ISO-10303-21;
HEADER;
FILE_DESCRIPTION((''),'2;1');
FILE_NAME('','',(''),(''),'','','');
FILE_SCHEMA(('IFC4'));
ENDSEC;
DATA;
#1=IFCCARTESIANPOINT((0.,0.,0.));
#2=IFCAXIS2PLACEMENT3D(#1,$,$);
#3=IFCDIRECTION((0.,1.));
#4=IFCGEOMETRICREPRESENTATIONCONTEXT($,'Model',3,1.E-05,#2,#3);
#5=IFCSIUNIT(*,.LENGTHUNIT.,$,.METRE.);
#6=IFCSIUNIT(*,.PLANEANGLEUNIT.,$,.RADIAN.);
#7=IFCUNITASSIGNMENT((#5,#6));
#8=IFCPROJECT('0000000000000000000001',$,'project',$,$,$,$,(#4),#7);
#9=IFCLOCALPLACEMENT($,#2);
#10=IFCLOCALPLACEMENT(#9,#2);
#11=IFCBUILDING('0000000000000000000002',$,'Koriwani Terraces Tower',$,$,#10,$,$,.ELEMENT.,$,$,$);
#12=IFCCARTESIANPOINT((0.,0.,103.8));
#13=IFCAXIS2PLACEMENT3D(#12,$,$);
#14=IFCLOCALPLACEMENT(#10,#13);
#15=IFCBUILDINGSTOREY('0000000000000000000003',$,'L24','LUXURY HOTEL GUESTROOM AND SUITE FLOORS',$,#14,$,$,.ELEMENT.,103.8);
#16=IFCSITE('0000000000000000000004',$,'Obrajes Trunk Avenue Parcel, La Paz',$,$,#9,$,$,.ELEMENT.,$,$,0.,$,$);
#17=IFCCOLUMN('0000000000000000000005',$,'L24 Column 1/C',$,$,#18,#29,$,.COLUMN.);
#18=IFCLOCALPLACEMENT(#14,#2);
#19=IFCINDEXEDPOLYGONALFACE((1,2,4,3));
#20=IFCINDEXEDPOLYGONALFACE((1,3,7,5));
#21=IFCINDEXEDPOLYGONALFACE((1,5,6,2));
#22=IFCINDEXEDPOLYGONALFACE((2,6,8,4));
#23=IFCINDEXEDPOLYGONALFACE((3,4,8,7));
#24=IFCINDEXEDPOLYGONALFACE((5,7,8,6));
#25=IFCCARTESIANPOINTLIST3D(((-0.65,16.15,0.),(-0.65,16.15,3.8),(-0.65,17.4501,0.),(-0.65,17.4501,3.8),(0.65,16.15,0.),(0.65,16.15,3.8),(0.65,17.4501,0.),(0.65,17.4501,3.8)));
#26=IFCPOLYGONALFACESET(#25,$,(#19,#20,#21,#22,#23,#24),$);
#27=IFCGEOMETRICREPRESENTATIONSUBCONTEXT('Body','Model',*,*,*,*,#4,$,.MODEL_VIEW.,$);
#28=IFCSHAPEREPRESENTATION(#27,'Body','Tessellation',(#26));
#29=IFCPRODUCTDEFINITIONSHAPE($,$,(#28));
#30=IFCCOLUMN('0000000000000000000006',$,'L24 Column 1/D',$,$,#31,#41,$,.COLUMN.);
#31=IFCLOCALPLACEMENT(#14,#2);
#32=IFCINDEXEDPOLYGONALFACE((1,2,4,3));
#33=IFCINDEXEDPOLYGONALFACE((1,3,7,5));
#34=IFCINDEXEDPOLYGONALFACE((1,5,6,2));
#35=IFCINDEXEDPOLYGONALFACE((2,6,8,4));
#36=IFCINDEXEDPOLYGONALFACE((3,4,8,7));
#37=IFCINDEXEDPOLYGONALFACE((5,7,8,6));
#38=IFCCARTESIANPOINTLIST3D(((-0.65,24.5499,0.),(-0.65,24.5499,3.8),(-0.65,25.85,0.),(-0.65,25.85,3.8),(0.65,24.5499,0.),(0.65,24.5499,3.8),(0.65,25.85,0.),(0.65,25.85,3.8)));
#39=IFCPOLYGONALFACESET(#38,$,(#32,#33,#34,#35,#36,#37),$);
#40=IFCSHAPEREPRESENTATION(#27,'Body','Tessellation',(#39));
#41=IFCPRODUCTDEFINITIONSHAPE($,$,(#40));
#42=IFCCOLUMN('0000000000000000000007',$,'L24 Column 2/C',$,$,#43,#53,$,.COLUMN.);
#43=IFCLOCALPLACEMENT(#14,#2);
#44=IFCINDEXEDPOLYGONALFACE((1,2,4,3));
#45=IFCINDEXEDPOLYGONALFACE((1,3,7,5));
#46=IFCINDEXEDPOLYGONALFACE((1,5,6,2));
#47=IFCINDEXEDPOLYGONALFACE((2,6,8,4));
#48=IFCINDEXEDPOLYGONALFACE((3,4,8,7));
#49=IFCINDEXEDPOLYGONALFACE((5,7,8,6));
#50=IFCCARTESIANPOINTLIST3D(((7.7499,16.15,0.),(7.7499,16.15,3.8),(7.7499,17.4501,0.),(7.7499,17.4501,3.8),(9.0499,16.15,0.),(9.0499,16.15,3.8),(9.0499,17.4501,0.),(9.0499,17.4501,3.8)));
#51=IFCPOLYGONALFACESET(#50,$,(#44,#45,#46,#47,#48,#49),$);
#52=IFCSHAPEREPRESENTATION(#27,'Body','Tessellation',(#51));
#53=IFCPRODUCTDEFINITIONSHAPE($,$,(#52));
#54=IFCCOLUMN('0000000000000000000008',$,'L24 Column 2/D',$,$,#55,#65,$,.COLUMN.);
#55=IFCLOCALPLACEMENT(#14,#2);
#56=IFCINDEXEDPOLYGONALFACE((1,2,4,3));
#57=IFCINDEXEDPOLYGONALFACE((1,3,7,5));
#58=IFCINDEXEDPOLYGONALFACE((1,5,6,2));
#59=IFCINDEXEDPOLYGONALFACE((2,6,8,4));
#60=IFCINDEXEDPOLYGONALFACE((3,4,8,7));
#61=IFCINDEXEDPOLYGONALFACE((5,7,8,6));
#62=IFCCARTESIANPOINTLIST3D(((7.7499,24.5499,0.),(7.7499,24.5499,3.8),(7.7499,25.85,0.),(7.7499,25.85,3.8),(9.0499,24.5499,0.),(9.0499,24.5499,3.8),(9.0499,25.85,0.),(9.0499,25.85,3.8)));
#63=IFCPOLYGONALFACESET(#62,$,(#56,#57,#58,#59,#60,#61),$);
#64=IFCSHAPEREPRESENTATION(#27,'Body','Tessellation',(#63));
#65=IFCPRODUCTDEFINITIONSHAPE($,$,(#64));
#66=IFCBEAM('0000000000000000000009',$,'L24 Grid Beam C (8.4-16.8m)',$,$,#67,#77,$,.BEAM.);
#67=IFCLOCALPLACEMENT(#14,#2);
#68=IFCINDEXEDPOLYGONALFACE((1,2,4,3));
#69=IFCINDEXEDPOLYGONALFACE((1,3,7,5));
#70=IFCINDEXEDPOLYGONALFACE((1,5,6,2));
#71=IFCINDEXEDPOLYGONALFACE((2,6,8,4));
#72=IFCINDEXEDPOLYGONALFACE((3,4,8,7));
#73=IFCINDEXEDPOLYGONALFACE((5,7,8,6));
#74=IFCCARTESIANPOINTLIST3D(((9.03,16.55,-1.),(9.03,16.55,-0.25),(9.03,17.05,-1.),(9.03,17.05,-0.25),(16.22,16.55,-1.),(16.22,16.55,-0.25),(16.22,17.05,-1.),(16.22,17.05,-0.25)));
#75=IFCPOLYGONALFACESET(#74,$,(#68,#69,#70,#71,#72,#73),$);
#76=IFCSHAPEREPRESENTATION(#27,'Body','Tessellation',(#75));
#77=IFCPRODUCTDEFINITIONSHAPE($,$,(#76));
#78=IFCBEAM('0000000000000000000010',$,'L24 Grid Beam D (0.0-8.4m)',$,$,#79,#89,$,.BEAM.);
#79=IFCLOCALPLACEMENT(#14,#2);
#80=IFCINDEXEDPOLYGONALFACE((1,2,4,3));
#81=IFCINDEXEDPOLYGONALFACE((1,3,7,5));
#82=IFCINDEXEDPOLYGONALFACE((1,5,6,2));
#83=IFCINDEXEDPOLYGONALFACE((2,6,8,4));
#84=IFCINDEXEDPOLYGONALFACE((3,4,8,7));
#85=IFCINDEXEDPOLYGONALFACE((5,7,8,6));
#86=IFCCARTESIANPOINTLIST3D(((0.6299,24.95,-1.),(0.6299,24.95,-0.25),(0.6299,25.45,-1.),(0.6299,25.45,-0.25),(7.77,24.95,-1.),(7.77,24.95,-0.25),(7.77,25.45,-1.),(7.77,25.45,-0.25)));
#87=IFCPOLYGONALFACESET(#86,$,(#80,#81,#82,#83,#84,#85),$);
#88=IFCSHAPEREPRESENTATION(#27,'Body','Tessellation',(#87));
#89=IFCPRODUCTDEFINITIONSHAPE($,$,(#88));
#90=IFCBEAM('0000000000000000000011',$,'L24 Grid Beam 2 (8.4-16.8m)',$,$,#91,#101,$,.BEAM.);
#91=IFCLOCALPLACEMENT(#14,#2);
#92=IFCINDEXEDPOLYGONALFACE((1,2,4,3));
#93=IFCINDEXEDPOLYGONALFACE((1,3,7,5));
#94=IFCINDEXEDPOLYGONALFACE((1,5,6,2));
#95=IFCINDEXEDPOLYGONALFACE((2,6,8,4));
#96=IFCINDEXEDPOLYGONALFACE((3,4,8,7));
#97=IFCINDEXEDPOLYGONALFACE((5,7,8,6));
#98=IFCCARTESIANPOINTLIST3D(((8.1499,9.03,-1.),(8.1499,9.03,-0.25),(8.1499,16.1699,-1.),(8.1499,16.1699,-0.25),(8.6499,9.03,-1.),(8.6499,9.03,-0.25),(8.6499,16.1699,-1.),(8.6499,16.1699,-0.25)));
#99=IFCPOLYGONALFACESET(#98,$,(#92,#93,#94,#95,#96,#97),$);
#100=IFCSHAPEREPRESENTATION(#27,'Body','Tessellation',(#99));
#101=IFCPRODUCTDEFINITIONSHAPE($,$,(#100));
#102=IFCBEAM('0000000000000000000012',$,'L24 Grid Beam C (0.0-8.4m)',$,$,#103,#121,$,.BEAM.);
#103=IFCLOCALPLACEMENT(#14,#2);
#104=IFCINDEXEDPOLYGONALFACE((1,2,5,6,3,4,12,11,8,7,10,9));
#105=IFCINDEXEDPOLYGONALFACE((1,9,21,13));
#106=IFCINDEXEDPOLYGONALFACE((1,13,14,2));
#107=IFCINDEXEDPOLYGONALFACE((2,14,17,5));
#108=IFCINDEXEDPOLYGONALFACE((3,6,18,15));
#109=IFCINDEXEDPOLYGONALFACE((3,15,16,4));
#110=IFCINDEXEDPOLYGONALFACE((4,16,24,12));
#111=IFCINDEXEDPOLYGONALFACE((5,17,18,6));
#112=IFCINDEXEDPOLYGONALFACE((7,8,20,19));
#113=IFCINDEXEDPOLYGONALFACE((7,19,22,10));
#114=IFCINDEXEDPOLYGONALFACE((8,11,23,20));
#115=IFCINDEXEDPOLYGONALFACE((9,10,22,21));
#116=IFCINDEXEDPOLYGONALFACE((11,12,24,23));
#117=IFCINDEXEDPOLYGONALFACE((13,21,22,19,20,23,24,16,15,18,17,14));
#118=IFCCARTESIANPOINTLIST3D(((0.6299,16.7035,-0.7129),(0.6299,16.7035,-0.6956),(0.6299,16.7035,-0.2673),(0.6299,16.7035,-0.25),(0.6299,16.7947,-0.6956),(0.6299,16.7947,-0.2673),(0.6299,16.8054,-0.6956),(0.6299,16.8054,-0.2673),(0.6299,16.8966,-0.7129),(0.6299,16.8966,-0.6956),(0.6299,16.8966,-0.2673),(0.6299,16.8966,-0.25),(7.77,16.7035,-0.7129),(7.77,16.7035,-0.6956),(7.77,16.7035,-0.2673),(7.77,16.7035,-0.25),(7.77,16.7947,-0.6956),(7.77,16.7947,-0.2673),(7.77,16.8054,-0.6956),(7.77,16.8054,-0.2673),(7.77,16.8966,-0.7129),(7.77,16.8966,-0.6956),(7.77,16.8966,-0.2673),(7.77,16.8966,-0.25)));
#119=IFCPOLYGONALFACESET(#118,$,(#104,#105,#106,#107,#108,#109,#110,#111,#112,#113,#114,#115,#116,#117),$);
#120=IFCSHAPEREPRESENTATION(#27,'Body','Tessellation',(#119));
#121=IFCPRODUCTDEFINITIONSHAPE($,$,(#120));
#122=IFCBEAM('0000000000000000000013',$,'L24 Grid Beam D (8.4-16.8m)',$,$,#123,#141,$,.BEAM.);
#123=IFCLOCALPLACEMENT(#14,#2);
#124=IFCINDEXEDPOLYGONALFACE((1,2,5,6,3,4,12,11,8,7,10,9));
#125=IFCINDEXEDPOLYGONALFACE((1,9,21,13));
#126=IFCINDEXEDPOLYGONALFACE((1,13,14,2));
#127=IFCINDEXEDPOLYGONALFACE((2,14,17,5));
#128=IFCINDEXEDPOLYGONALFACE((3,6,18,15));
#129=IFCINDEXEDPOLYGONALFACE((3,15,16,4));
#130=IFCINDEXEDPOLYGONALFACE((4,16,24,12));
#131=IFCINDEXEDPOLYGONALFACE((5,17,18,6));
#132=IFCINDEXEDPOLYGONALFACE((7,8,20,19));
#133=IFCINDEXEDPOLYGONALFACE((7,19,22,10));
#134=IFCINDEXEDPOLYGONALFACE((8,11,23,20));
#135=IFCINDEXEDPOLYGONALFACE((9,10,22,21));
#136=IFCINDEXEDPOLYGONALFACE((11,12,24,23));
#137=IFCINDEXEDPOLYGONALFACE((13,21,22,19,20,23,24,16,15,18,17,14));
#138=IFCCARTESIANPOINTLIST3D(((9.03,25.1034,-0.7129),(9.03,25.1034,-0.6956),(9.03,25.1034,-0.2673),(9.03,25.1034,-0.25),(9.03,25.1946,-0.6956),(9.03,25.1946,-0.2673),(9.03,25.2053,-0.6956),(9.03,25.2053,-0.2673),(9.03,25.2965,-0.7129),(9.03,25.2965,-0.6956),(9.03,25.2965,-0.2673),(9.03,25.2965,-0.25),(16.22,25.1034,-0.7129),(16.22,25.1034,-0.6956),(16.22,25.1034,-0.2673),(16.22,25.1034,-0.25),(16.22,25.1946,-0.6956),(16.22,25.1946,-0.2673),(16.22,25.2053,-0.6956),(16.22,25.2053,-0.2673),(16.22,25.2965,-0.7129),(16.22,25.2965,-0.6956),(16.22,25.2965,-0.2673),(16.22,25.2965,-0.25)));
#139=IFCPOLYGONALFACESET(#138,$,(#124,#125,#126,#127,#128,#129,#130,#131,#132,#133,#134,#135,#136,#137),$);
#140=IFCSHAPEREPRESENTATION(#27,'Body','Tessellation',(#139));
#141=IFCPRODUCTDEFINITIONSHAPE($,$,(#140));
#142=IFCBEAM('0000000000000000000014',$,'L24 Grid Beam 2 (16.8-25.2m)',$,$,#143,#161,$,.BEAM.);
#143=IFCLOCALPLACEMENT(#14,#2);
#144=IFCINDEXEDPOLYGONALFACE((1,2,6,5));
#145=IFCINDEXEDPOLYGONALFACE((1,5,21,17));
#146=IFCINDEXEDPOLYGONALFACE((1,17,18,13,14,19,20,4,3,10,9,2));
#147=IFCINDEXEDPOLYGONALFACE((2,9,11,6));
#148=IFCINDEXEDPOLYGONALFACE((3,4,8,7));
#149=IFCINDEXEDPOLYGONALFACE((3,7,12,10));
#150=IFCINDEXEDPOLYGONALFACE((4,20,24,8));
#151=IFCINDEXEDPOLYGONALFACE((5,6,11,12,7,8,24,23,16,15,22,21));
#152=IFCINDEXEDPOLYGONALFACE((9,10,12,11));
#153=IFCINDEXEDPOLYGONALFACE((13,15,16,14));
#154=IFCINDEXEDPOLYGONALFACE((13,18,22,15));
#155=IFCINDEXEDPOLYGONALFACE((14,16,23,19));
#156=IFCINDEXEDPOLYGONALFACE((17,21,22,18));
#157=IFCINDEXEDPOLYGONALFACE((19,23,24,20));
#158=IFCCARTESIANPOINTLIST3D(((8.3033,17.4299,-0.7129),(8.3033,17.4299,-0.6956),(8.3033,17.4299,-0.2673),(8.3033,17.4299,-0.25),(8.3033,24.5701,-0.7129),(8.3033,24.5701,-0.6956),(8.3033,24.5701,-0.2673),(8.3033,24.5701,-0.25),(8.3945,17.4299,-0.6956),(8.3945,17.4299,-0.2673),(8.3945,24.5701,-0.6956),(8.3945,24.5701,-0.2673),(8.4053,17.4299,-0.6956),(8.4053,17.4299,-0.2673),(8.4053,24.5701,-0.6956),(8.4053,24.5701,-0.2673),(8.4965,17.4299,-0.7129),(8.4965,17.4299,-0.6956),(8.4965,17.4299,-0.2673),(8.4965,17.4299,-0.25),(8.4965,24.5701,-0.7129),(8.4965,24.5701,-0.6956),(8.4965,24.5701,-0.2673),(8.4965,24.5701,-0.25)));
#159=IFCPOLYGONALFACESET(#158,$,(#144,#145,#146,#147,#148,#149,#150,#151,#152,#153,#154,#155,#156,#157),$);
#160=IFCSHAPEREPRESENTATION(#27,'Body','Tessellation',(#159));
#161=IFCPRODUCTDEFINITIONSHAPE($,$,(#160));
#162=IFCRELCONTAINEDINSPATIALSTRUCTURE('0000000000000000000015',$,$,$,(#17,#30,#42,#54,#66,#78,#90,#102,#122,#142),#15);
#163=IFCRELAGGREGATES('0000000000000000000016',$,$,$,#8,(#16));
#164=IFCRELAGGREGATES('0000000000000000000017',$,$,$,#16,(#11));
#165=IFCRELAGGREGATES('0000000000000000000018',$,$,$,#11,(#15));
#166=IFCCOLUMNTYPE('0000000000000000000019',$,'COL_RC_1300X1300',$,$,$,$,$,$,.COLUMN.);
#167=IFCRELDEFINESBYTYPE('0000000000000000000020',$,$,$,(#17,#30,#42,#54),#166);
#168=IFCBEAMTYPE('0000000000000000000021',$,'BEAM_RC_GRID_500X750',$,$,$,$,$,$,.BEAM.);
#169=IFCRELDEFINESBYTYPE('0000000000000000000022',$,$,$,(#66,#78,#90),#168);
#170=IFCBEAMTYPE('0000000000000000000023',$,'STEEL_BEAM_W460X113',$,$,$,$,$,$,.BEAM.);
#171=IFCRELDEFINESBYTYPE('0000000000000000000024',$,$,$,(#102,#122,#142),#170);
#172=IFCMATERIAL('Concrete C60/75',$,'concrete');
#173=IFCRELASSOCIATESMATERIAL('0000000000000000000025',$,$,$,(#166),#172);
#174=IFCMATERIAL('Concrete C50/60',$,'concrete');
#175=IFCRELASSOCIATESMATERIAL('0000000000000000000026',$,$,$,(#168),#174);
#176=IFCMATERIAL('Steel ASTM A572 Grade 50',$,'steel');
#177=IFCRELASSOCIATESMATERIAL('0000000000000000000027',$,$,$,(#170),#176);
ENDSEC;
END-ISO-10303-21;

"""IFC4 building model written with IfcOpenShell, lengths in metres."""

from ifc_helpers import new_model, si_unit, direction, frame, origin, origin_2d, place, context, subcontext, project, spatial, rectangle, i_section, extrude, material, material_profile, profile_set, type_object, element, save


model = new_model("IFC4")

# Units and contexts
model_context = context("Model", 3, precision=1e-05, world=origin(), true_north=direction((0.0, 1.0)))
body_context = subcontext(model_context, "Body", "Model", "MODEL_VIEW")
ifc_project = project(units=[si_unit("LENGTHUNIT", "METRE"), si_unit("PLANEANGLEUNIT", "RADIAN")], contexts=[model_context])

# Site, building, storey
site_placement = place(None, origin())
site = spatial("IfcSite", under=ifc_project, at=site_placement, Name="Obrajes Trunk Avenue Parcel, La Paz", CompositionType="ELEMENT", RefElevation=0.0)
building_placement = place(site_placement, origin())
building = spatial("IfcBuilding", under=site, at=building_placement, Name="Koriwani Terraces Tower", CompositionType="ELEMENT")
storey_placement = place(building_placement, frame((0.0, 0.0, 103.8)))
storey = spatial("IfcBuildingStorey", under=building, at=storey_placement, Name="L24", Description="LUXURY HOTEL GUESTROOM AND SUITE FLOORS", CompositionType="ELEMENT", Elevation=103.8)

# Columns
ifc_material_1 = material(Name="Concrete C60/75", Category="concrete")
ifc_material_profile_1 = material_profile(ifc_material_1, rectangle(XDim=1.3, YDim=1.3, at=origin_2d()), Name="Concrete C60/75", Category="LoadBearing")
ifc_profile_set_1 = profile_set([ifc_material_profile_1], Name="Concrete C60/75")
column_type = type_object("IfcColumnType", Name="COL_RC_1300X1300", PredefinedType="COLUMN", material=ifc_profile_set_1)
for number, where, z_axis, x_axis, name in (
    (1, (0.0, 16.8, 0.0), (0.0, 0.0, 1.0), (1.0, 0.0, 0.0), "L24 Column 1/C"),
    (2, (0.0, 25.2, 0.0), (0.0, 0.0, 1.0), (1.0, 0.0, 0.0), "L24 Column 1/D"),
    (3, (8.3999, 16.8, 0.0), (0.0, 0.0, 1.0), (1.0, 0.0, 0.0), "L24 Column 2/C"),
    (4, (8.3999, 25.2, 0.0), (0.0, 0.0, 1.0), (1.0, 0.0, 0.0), "L24 Column 2/D"),
):
    element("IfcColumn", number, at=place(storey_placement, frame(where, z_axis=z_axis, x_axis=x_axis)), inside=storey, type_object=column_type, Name=name, PredefinedType="COLUMN", context=body_context, shape_type="SweptSolid", body=[
        extrude(rectangle(XDim=1.3, YDim=1.3, at=origin_2d()), origin(), (0.0, 0.0, 1.0), 3.8),
    ])

# Beams
ifc_material_2 = material(Name="Concrete C50/60", Category="concrete")
ifc_material_profile_2 = material_profile(ifc_material_2, rectangle(XDim=0.5, YDim=0.75, at=origin_2d()), Name="Concrete C50/60", Category="LoadBearing")
ifc_profile_set_2 = profile_set([ifc_material_profile_2], Name="Concrete C50/60")
beam_type_1 = type_object("IfcBeamType", Name="BEAM_RC_GRID_500X750", PredefinedType="BEAM", material=ifc_profile_set_2)
beam_1_placement = place(storey_placement, frame((9.03, 16.8, -0.625), z_axis=(1.0, 0.0, 0.0), x_axis=(0.0, 1.0, 0.0)))
element("IfcBeam", 5, at=beam_1_placement, inside=storey, type_object=beam_type_1, Name="L24 Grid Beam C (8.4-16.8m)", PredefinedType="BEAM", context=body_context, shape_type="SweptSolid", body=[
    extrude(rectangle(XDim=0.5, YDim=0.75, at=origin_2d()), origin(), (0.0, 0.0, 1.0), 7.1899),
])
beam_2_placement = place(storey_placement, frame((0.6299, 25.2, -0.625), z_axis=(1.0, 0.0, 0.0), x_axis=(0.0, 1.0, 0.0)))
element("IfcBeam", 6, at=beam_2_placement, inside=storey, type_object=beam_type_1, Name="L24 Grid Beam D (0.0-8.4m)", PredefinedType="BEAM", context=body_context, shape_type="SweptSolid", body=[
    extrude(rectangle(XDim=0.5, YDim=0.75, at=origin_2d()), origin(), (0.0, 0.0, 1.0), 7.1401),
])
beam_3_placement = place(storey_placement, frame((8.3999, 9.03, -0.625), z_axis=(0.0, 1.0, 0.0), x_axis=(-1.0, 0.0, 0.0)))
element("IfcBeam", 7, at=beam_3_placement, inside=storey, type_object=beam_type_1, Name="L24 Grid Beam 2 (8.4-16.8m)", PredefinedType="BEAM", context=body_context, shape_type="SweptSolid", body=[
    extrude(rectangle(XDim=0.5, YDim=0.75, at=origin_2d()), origin(), (0.0, 0.0, 1.0), 7.1399),
])
ifc_material_3 = material(Name="Steel ASTM A572 Grade 50", Category="steel")
ifc_material_profile_3 = material_profile(ifc_material_3, i_section(OverallWidth=0.1931, OverallDepth=0.4629, WebThickness=0.0107, FlangeThickness=0.0173, at=origin_2d()), Name="Steel ASTM A572 Grade 50", Category="LoadBearing")
ifc_profile_set_3 = profile_set([ifc_material_profile_3], Name="Steel ASTM A572 Grade 50")
beam_type_2 = type_object("IfcBeamType", Name="STEEL_BEAM_W460X113", PredefinedType="BEAM", material=ifc_profile_set_3)
beam_4_placement = place(storey_placement, frame((0.6299, 16.8, -0.4814), z_axis=(1.0, 0.0, 0.0), x_axis=(0.0, 1.0, 0.0)))
element("IfcBeam", 8, at=beam_4_placement, inside=storey, type_object=beam_type_2, Name="L24 Grid Beam C (0.0-8.4m)", PredefinedType="BEAM", context=body_context, shape_type="SweptSolid", body=[
    extrude(i_section(OverallWidth=0.1931, OverallDepth=0.4629, WebThickness=0.0107, FlangeThickness=0.0173, at=origin_2d()), origin(), (0.0, 0.0, 1.0), 7.1401),
])
beam_5_placement = place(storey_placement, frame((9.03, 25.2, -0.4814), z_axis=(1.0, 0.0, 0.0), x_axis=(0.0, 1.0, 0.0)))
element("IfcBeam", 9, at=beam_5_placement, inside=storey, type_object=beam_type_2, Name="L24 Grid Beam D (8.4-16.8m)", PredefinedType="BEAM", context=body_context, shape_type="SweptSolid", body=[
    extrude(i_section(OverallWidth=0.1931, OverallDepth=0.4629, WebThickness=0.0107, FlangeThickness=0.0173, at=origin_2d()), origin(), (0.0, 0.0, 1.0), 7.1899),
])
beam_6_placement = place(storey_placement, frame((8.3999, 17.4299, -0.4814), z_axis=(0.0, 1.0, 0.0), x_axis=(-1.0, 0.0, 0.0)))
element("IfcBeam", 10, at=beam_6_placement, inside=storey, type_object=beam_type_2, Name="L24 Grid Beam 2 (16.8-25.2m)", PredefinedType="BEAM", context=body_context, shape_type="SweptSolid", body=[
    extrude(i_section(OverallWidth=0.1931, OverallDepth=0.4629, WebThickness=0.0107, FlangeThickness=0.0173, at=origin_2d()), origin(), (0.0, 0.0, 1.0), 7.1401),
])

save(model, "model.ifc")
